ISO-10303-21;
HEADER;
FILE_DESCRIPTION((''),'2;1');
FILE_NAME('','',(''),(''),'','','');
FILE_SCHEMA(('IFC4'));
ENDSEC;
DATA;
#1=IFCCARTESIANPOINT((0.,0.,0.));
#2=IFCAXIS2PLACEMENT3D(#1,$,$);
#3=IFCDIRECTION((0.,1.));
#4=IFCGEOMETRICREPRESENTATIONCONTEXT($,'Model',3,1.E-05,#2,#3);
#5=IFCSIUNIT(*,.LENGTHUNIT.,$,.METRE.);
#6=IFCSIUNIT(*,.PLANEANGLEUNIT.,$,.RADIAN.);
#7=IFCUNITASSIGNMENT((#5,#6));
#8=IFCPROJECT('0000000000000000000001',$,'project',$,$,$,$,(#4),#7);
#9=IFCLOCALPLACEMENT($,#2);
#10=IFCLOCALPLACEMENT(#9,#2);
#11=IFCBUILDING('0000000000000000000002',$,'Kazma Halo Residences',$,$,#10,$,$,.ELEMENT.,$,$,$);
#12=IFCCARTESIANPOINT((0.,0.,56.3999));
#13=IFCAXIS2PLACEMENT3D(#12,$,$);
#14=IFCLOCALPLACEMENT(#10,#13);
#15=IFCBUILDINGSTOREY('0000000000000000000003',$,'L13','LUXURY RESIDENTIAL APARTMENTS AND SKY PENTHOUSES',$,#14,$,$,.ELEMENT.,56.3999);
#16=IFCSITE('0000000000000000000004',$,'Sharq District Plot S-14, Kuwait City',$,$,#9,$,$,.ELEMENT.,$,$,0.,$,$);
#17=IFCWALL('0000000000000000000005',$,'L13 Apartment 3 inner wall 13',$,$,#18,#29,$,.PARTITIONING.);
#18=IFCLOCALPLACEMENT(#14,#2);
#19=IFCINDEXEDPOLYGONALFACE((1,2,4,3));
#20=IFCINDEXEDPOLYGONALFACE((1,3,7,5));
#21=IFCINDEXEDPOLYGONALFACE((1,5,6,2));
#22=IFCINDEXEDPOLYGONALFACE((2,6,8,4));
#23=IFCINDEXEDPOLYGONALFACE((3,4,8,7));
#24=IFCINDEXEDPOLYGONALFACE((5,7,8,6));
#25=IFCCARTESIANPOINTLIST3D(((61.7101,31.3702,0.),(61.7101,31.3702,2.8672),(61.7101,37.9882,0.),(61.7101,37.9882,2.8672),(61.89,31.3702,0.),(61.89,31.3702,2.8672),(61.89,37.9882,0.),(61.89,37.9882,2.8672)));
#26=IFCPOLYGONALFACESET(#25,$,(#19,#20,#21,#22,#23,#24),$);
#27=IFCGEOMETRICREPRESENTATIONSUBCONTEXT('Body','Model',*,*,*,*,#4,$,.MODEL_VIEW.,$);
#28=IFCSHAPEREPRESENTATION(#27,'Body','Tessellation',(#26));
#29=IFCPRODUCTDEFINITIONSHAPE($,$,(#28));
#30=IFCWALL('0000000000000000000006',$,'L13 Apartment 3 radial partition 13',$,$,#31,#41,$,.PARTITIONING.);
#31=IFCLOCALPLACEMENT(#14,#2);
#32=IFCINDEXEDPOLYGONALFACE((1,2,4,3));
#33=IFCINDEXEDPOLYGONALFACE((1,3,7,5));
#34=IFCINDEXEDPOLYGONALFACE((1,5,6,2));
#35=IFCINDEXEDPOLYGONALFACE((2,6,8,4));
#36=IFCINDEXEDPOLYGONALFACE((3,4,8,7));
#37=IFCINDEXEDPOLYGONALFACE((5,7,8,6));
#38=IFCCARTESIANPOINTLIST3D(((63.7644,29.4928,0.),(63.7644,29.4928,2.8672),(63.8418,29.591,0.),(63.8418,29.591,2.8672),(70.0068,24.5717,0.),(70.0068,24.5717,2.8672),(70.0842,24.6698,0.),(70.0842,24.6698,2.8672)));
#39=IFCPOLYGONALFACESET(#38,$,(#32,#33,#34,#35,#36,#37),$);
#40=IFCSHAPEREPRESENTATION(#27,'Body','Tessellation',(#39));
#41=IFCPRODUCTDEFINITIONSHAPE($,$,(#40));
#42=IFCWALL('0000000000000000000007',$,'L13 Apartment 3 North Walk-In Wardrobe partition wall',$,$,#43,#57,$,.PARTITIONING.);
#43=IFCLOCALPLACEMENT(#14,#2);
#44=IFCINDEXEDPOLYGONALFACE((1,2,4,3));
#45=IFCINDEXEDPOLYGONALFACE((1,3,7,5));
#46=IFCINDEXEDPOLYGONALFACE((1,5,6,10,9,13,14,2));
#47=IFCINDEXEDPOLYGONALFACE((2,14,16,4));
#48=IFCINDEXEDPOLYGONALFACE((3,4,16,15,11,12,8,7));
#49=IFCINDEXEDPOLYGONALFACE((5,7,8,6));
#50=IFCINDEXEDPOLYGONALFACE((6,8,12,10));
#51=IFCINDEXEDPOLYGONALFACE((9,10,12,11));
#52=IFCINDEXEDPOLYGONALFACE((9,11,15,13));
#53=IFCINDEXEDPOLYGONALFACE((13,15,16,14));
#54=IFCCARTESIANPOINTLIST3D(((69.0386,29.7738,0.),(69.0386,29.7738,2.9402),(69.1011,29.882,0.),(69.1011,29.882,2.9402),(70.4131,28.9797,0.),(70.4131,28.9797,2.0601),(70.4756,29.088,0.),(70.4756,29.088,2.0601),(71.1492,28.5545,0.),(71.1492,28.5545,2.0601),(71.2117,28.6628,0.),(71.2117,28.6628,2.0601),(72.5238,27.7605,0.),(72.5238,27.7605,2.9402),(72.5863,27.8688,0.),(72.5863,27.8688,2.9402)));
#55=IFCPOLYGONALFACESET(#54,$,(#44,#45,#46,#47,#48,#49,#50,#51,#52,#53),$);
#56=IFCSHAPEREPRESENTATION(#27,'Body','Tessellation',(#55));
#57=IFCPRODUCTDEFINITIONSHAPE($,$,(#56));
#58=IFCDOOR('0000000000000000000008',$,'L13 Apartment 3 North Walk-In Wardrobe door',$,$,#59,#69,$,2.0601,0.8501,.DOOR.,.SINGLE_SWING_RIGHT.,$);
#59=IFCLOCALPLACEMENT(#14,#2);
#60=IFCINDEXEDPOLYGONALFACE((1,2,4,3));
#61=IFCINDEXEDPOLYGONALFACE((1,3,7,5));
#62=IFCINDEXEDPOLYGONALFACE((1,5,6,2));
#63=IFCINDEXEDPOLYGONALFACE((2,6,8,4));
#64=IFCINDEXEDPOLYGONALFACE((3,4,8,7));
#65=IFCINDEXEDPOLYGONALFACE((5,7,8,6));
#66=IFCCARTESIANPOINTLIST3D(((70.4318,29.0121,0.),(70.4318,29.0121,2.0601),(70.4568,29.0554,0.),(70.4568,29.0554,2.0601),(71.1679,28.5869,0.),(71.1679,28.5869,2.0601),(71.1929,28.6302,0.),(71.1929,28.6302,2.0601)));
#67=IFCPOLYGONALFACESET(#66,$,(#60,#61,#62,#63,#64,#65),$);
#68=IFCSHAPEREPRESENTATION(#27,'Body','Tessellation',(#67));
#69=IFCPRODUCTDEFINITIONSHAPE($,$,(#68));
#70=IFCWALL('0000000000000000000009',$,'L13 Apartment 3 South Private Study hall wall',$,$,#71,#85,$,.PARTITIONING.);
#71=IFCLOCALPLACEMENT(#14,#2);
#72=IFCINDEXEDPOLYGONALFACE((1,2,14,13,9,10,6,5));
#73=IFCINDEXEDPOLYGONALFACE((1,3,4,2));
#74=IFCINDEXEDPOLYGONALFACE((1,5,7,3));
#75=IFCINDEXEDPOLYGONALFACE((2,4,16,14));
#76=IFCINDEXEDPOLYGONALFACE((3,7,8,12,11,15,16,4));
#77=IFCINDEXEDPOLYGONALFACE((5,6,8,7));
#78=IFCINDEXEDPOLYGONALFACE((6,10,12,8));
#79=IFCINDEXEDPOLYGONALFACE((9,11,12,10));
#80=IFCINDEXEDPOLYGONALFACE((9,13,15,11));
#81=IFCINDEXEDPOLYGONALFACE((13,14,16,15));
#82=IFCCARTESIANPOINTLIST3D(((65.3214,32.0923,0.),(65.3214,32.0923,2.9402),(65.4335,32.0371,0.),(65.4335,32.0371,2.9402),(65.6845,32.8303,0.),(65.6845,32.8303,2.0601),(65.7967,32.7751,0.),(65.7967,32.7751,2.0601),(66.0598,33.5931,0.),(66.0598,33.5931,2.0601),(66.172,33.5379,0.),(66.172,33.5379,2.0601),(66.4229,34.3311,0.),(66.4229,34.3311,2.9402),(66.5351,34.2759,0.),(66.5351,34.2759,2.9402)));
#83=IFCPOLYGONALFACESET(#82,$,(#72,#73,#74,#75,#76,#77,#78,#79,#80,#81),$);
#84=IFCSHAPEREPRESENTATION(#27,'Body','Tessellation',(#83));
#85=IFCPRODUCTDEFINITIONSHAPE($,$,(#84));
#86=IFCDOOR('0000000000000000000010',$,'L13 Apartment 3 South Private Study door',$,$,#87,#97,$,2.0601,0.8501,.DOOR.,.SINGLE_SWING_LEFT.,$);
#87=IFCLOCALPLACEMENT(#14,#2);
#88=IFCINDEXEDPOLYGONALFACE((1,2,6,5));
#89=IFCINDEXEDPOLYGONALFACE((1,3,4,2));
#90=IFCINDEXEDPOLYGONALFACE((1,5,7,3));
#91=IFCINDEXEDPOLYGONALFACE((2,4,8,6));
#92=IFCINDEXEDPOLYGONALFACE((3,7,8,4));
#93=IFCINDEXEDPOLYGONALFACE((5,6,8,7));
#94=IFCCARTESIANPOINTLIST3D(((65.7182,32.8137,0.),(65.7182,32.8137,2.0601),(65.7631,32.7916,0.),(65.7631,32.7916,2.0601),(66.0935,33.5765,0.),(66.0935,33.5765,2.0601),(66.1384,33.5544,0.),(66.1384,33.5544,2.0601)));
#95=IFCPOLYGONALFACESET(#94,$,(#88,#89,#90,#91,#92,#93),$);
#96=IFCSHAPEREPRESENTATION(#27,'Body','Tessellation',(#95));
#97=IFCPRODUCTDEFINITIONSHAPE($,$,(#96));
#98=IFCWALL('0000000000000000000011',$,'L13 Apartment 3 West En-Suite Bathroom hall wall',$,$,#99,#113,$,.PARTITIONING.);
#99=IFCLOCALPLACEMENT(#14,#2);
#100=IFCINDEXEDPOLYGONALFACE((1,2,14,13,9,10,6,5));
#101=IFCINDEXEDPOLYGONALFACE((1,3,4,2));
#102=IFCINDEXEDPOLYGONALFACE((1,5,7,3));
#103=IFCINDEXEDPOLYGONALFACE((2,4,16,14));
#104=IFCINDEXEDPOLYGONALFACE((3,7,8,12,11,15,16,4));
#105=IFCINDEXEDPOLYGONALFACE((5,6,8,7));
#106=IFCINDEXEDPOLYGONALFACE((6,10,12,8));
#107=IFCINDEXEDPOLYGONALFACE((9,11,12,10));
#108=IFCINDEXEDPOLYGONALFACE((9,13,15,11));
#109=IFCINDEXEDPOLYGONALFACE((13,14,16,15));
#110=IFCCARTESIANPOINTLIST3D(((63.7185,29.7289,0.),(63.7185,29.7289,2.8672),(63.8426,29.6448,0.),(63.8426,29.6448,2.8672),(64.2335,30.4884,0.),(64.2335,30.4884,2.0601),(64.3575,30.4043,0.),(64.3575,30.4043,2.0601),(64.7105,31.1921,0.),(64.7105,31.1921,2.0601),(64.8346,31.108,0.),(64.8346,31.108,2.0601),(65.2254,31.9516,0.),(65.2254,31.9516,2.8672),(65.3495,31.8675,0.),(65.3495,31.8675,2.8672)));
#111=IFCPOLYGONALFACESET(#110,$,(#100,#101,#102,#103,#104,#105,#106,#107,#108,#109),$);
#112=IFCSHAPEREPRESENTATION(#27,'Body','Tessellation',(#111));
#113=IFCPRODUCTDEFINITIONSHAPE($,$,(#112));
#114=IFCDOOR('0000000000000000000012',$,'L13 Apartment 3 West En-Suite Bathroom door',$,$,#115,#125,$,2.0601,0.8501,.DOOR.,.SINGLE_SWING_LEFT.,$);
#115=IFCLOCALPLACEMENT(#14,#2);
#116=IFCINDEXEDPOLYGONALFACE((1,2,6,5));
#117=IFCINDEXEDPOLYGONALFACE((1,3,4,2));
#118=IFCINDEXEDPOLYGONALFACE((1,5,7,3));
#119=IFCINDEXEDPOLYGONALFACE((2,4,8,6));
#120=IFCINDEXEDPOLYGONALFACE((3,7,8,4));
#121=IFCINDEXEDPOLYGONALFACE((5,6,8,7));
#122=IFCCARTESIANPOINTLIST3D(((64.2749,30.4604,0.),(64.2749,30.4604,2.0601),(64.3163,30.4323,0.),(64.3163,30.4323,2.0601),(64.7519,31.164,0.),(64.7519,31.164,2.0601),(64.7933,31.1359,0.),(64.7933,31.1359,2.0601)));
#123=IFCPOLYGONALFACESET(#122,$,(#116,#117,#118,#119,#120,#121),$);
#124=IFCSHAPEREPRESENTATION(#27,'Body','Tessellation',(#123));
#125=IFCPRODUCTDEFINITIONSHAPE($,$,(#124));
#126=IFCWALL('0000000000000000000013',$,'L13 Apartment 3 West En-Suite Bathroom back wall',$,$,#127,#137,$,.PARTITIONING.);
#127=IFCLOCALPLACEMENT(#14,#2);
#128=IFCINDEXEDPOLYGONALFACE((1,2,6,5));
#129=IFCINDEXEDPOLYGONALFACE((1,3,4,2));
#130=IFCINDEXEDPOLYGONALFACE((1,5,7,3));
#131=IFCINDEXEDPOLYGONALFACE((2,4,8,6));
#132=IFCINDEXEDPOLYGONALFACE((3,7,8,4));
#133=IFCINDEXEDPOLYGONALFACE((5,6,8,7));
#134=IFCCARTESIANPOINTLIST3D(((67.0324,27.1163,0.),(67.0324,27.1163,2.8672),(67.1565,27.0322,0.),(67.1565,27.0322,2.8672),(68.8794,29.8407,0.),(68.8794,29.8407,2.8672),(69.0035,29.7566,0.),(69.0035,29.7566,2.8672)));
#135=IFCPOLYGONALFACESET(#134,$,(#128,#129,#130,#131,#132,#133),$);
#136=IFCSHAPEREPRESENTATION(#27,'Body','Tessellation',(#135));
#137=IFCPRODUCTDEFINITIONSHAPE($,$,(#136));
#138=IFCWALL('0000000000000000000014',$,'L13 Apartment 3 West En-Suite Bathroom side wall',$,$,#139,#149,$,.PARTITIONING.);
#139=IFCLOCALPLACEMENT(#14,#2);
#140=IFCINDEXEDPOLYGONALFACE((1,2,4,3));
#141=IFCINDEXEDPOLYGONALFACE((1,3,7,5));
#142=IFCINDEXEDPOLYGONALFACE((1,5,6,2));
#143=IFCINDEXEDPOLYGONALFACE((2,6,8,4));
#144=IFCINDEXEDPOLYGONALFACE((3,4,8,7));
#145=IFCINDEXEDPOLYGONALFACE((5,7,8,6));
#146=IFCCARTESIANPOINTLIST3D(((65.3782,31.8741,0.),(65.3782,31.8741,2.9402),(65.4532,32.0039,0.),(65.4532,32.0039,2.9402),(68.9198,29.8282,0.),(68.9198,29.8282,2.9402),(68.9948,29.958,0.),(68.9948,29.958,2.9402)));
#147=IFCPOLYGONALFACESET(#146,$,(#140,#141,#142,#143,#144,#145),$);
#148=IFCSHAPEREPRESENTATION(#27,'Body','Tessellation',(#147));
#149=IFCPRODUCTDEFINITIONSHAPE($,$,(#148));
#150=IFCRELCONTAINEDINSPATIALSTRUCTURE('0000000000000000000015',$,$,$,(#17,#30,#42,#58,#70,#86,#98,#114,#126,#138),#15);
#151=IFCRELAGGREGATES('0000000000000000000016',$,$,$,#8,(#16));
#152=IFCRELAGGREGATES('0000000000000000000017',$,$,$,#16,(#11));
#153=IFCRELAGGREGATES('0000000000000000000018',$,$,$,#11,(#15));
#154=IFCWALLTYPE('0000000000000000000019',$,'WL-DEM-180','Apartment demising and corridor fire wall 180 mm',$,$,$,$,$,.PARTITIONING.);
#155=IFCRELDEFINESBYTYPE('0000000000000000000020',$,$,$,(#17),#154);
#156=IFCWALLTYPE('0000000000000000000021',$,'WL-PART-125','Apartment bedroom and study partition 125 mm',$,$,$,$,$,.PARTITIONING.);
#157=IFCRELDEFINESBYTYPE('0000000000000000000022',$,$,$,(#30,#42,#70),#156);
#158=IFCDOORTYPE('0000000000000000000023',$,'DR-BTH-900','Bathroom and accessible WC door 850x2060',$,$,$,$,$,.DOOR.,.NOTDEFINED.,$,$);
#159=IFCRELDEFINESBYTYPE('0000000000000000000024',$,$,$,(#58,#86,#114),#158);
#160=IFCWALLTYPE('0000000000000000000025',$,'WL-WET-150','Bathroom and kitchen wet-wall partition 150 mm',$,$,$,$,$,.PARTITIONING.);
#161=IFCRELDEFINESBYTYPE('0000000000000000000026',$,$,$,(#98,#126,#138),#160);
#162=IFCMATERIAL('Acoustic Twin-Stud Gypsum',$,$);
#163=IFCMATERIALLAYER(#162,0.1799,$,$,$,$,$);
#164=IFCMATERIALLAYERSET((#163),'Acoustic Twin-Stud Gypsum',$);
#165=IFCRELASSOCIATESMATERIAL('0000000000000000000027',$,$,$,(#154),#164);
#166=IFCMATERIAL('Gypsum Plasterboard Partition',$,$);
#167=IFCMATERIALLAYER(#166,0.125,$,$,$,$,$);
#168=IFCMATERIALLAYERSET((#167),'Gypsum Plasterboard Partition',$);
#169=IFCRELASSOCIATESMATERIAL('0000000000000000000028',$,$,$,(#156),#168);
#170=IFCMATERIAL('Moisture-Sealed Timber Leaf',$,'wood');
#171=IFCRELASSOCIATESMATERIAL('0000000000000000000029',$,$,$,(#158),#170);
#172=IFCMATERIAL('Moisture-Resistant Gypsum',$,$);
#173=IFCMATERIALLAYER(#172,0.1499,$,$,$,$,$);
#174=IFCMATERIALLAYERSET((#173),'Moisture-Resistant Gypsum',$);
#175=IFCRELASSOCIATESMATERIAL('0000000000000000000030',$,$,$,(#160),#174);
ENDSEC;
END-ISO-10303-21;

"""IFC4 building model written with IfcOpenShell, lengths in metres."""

from ifc_helpers import new_model, si_unit, direction, frame, frame_2d, origin, place, context, subcontext, project, spatial, rectangle, extrude, material, layer, layer_set, type_object, element, fill, save


model = new_model("IFC4")

# Units and contexts
model_context = context("Model", 3, precision=1e-05, world=origin(), true_north=direction((0.0, 1.0)))
body_context = subcontext(model_context, "Body", "Model", "MODEL_VIEW")
ifc_project = project(units=[si_unit("LENGTHUNIT", "METRE"), si_unit("PLANEANGLEUNIT", "RADIAN")], contexts=[model_context])

# Site, building, storey
site_placement = place(None, origin())
site = spatial("IfcSite", under=ifc_project, at=site_placement, Name="Sharq District Plot S-14, Kuwait City", CompositionType="ELEMENT", RefElevation=0.0)
building_placement = place(site_placement, origin())
building = spatial("IfcBuilding", under=site, at=building_placement, Name="Kazma Halo Residences", CompositionType="ELEMENT")
storey_placement = place(building_placement, frame((0.0, 0.0, 56.3999)))
storey = spatial("IfcBuildingStorey", under=building, at=storey_placement, Name="L13", Description="LUXURY RESIDENTIAL APARTMENTS AND SKY PENTHOUSES", CompositionType="ELEMENT", Elevation=56.3999)

# Wall
ifc_material_1 = material(Name="Acoustic Twin-Stud Gypsum")
ifc_layer_1 = layer(ifc_material_1, 0.1799)
ifc_layer_set_1 = layer_set([ifc_layer_1], Name="Acoustic Twin-Stud Gypsum")
wall_type_1 = type_object("IfcWallType", Name="WL-DEM-180", Description="Apartment demising and corridor fire wall 180 mm", PredefinedType="PARTITIONING", material=ifc_layer_set_1)
wall_1_placement = place(storey_placement, frame((61.8, 31.3701, 0.0), z_axis=(0.0, 0.0, 1.0), x_axis=(0.0, 1.0, 0.0)))
element("IfcWall", 1, at=wall_1_placement, inside=storey, type_object=wall_type_1, Name="L13 Apartment 3 inner wall 13", PredefinedType="PARTITIONING", context=body_context, shape_type="SweptSolid", body=[
    extrude(rectangle(XDim=6.6179, YDim=0.1799, at=frame_2d((3.3091, 0.0))), origin(), (0.0, 0.0, 1.0), 2.8672),
])

# Wall
ifc_material_2 = material(Name="Gypsum Plasterboard Partition")
ifc_layer_2 = layer(ifc_material_2, 0.125)
ifc_layer_set_2 = layer_set([ifc_layer_2], Name="Gypsum Plasterboard Partition")
wall_type_2 = type_object("IfcWallType", Name="WL-PART-125", Description="Apartment bedroom and study partition 125 mm", PredefinedType="PARTITIONING", material=ifc_layer_set_2)
wall_2_placement = place(storey_placement, frame((63.803, 29.542, 0.0), z_axis=(0.0, 0.0, 1.0), x_axis=(0.785317, -0.619094, 0.0)))
element("IfcWall", 2, at=wall_2_placement, inside=storey, type_object=wall_type_2, Name="L13 Apartment 3 radial partition 13", PredefinedType="PARTITIONING", context=body_context, shape_type="SweptSolid", body=[
    extrude(rectangle(XDim=7.949, YDim=0.125, at=frame_2d((3.9746, 0.0))), origin(), (0.0, 0.0, 1.0), 2.8672),
])

# Walls, openings, doors
wall_3_placement = place(storey_placement, frame((69.0698, 29.8279, 0.0), z_axis=(0.0, 0.0, 1.0), x_axis=(0.865912, -0.500197, 0.0)))
wall_3 = element("IfcWall", 3, at=wall_3_placement, inside=storey, type_object=wall_type_2, Name="L13 Apartment 3 North Walk-In Wardrobe partition wall", PredefinedType="PARTITIONING", context=body_context, shape_type="SweptSolid", body=[
    extrude(rectangle(XDim=4.0249, YDim=0.125, at=frame_2d((2.0125, 0.0))), origin(), (0.0, 0.0, 1.0), 2.9402),
])
opening_1_placement = place(wall_3_placement, frame((1.5874, 0.0, 0.0)))
opening_1 = element("IfcOpeningElement", 4, at=opening_1_placement, cuts=wall_3, PredefinedType="OPENING", context=body_context, shape_type="SweptSolid", body=[
    extrude(rectangle(XDim=0.8501, YDim=2.0601, at=frame_2d((0.425, 1.03))), frame((0.0, 0.0725, 0.0), z_axis=(0.0, -1.0, 0.0), x_axis=(1.0, 0.0, 0.0)), (0.0, 0.0, 1.0), 0.145),
])
ifc_material_3 = material(Name="Moisture-Sealed Timber Leaf", Category="wood")
door_type_1 = type_object("IfcDoorType", Name="DR-BTH-900", Description="Bathroom and accessible WC door 850x2060", OperationType="NOTDEFINED", PredefinedType="DOOR", material=ifc_material_3)
door_1_placement = place(opening_1_placement, origin())
door_1 = element("IfcDoor", 5, at=door_1_placement, inside=storey, type_object=door_type_1, Name="L13 Apartment 3 North Walk-In Wardrobe door", OperationType="SINGLE_SWING_RIGHT", OverallHeight=2.0601, OverallWidth=0.8501, PredefinedType="DOOR", context=body_context, shape_type="SweptSolid", body=[
    extrude(rectangle(XDim=0.8501, YDim=2.0601, at=frame_2d((0.425, 1.03))), frame((0.0, 0.0249, 0.0), z_axis=(0.0, -1.0, 0.0), x_axis=(1.0, 0.0, 0.0)), (0.0, 0.0, 1.0), 0.05),
])
fill(opening_1, door_1)
wall_4_placement = place(storey_placement, frame((65.3774, 32.0647, 0.0), z_axis=(0.0, 0.0, 1.0), x_axis=(0.44149, 0.897266, 0.0)))
wall_4 = element("IfcWall", 6, at=wall_4_placement, inside=storey, type_object=wall_type_2, Name="L13 Apartment 3 South Private Study hall wall", PredefinedType="PARTITIONING", context=body_context, shape_type="SweptSolid", body=[
    extrude(rectangle(XDim=2.4951, YDim=0.125, at=frame_2d((1.2476, 0.0))), origin(), (0.0, 0.0, 1.0), 2.9402),
])
opening_2_placement = place(wall_4_placement, frame((0.8225, 0.0, 0.0)))
opening_2 = element("IfcOpeningElement", 7, at=opening_2_placement, cuts=wall_4, PredefinedType="OPENING", context=body_context, shape_type="SweptSolid", body=[
    extrude(rectangle(XDim=0.8501, YDim=2.0601, at=frame_2d((0.425, 1.03))), frame((0.0, 0.0725, 0.0), z_axis=(0.0, -1.0, 0.0), x_axis=(1.0, 0.0, 0.0)), (0.0, 0.0, 1.0), 0.145),
])
door_2_placement = place(opening_2_placement, origin())
door_2 = element("IfcDoor", 8, at=door_2_placement, inside=storey, type_object=door_type_1, Name="L13 Apartment 3 South Private Study door", OperationType="SINGLE_SWING_LEFT", OverallHeight=2.0601, OverallWidth=0.8501, PredefinedType="DOOR", context=body_context, shape_type="SweptSolid", body=[
    extrude(rectangle(XDim=0.8501, YDim=2.0601, at=frame_2d((0.425, 1.03))), frame((0.0, 0.0249, 0.0), z_axis=(0.0, -1.0, 0.0), x_axis=(1.0, 0.0, 0.0)), (0.0, 0.0, 1.0), 0.05),
])
fill(opening_2, door_2)
ifc_material_4 = material(Name="Moisture-Resistant Gypsum")
ifc_layer_3 = layer(ifc_material_4, 0.1499)
ifc_layer_set_3 = layer_set([ifc_layer_3], Name="Moisture-Resistant Gypsum")
wall_type_3 = type_object("IfcWallType", Name="WL-WET-150", Description="Bathroom and kitchen wet-wall partition 150 mm", PredefinedType="PARTITIONING", material=ifc_layer_set_3)
wall_5_placement = place(storey_placement, frame((63.7805, 29.6868, 0.0), z_axis=(0.0, 0.0, 1.0), x_axis=(0.561146, 0.827717, 0.0)))
wall_5 = element("IfcWall", 9, at=wall_5_placement, inside=storey, type_object=wall_type_3, Name="L13 Apartment 3 West En-Suite Bathroom hall wall", PredefinedType="PARTITIONING", context=body_context, shape_type="SweptSolid", body=[
    extrude(rectangle(XDim=2.6853, YDim=0.1499, at=frame_2d((1.3428, 0.0))), origin(), (0.0, 0.0, 1.0), 2.8672),
])
opening_3_placement = place(wall_5_placement, frame((0.9177, 0.0, 0.0)))
opening_3 = element("IfcOpeningElement", 10, at=opening_3_placement, cuts=wall_5, PredefinedType="OPENING", context=body_context, shape_type="SweptSolid", body=[
    extrude(rectangle(XDim=0.8501, YDim=2.0601, at=frame_2d((0.425, 1.03))), frame((0.0, 0.085, 0.0), z_axis=(0.0, -1.0, 0.0), x_axis=(1.0, 0.0, 0.0)), (0.0, 0.0, 1.0), 0.1699),
])
door_3_placement = place(opening_3_placement, origin())
door_3 = element("IfcDoor", 11, at=door_3_placement, inside=storey, type_object=door_type_1, Name="L13 Apartment 3 West En-Suite Bathroom door", OperationType="SINGLE_SWING_LEFT", OverallHeight=2.0601, OverallWidth=0.8501, PredefinedType="DOOR", context=body_context, shape_type="SweptSolid", body=[
    extrude(rectangle(XDim=0.8501, YDim=2.0601, at=frame_2d((0.425, 1.03))), frame((0.0, 0.0249, 0.0), z_axis=(0.0, -1.0, 0.0), x_axis=(1.0, 0.0, 0.0)), (0.0, 0.0, 1.0), 0.05),
])
fill(opening_3, door_3)

# Walls
wall_6_placement = place(storey_placement, frame((67.0945, 27.0742, 0.0), z_axis=(0.0, 0.0, 1.0), x_axis=(0.561137, 0.827723, 0.0)))
element("IfcWall", 12, at=wall_6_placement, inside=storey, type_object=wall_type_3, Name="L13 Apartment 3 West En-Suite Bathroom back wall", PredefinedType="PARTITIONING", context=body_context, shape_type="SweptSolid", body=[
    extrude(rectangle(XDim=3.2915, YDim=0.1499, at=frame_2d((1.6458, 0.0))), origin(), (0.0, 0.0, 1.0), 2.8672),
])
wall_7_placement = place(storey_placement, frame((65.4158, 31.939, 0.0), z_axis=(0.0, 0.0, 1.0), x_axis=(0.865897, -0.500222, 0.0)))
element("IfcWall", 13, at=wall_7_placement, inside=storey, type_object=wall_type_3, Name="L13 Apartment 3 West En-Suite Bathroom side wall", PredefinedType="PARTITIONING", context=body_context, shape_type="SweptSolid", body=[
    extrude(rectangle(XDim=4.0901, YDim=0.1499, at=frame_2d((2.0449, 0.0))), origin(), (0.0, 0.0, 1.0), 2.9402),
])

save(model, "model.ifc")
